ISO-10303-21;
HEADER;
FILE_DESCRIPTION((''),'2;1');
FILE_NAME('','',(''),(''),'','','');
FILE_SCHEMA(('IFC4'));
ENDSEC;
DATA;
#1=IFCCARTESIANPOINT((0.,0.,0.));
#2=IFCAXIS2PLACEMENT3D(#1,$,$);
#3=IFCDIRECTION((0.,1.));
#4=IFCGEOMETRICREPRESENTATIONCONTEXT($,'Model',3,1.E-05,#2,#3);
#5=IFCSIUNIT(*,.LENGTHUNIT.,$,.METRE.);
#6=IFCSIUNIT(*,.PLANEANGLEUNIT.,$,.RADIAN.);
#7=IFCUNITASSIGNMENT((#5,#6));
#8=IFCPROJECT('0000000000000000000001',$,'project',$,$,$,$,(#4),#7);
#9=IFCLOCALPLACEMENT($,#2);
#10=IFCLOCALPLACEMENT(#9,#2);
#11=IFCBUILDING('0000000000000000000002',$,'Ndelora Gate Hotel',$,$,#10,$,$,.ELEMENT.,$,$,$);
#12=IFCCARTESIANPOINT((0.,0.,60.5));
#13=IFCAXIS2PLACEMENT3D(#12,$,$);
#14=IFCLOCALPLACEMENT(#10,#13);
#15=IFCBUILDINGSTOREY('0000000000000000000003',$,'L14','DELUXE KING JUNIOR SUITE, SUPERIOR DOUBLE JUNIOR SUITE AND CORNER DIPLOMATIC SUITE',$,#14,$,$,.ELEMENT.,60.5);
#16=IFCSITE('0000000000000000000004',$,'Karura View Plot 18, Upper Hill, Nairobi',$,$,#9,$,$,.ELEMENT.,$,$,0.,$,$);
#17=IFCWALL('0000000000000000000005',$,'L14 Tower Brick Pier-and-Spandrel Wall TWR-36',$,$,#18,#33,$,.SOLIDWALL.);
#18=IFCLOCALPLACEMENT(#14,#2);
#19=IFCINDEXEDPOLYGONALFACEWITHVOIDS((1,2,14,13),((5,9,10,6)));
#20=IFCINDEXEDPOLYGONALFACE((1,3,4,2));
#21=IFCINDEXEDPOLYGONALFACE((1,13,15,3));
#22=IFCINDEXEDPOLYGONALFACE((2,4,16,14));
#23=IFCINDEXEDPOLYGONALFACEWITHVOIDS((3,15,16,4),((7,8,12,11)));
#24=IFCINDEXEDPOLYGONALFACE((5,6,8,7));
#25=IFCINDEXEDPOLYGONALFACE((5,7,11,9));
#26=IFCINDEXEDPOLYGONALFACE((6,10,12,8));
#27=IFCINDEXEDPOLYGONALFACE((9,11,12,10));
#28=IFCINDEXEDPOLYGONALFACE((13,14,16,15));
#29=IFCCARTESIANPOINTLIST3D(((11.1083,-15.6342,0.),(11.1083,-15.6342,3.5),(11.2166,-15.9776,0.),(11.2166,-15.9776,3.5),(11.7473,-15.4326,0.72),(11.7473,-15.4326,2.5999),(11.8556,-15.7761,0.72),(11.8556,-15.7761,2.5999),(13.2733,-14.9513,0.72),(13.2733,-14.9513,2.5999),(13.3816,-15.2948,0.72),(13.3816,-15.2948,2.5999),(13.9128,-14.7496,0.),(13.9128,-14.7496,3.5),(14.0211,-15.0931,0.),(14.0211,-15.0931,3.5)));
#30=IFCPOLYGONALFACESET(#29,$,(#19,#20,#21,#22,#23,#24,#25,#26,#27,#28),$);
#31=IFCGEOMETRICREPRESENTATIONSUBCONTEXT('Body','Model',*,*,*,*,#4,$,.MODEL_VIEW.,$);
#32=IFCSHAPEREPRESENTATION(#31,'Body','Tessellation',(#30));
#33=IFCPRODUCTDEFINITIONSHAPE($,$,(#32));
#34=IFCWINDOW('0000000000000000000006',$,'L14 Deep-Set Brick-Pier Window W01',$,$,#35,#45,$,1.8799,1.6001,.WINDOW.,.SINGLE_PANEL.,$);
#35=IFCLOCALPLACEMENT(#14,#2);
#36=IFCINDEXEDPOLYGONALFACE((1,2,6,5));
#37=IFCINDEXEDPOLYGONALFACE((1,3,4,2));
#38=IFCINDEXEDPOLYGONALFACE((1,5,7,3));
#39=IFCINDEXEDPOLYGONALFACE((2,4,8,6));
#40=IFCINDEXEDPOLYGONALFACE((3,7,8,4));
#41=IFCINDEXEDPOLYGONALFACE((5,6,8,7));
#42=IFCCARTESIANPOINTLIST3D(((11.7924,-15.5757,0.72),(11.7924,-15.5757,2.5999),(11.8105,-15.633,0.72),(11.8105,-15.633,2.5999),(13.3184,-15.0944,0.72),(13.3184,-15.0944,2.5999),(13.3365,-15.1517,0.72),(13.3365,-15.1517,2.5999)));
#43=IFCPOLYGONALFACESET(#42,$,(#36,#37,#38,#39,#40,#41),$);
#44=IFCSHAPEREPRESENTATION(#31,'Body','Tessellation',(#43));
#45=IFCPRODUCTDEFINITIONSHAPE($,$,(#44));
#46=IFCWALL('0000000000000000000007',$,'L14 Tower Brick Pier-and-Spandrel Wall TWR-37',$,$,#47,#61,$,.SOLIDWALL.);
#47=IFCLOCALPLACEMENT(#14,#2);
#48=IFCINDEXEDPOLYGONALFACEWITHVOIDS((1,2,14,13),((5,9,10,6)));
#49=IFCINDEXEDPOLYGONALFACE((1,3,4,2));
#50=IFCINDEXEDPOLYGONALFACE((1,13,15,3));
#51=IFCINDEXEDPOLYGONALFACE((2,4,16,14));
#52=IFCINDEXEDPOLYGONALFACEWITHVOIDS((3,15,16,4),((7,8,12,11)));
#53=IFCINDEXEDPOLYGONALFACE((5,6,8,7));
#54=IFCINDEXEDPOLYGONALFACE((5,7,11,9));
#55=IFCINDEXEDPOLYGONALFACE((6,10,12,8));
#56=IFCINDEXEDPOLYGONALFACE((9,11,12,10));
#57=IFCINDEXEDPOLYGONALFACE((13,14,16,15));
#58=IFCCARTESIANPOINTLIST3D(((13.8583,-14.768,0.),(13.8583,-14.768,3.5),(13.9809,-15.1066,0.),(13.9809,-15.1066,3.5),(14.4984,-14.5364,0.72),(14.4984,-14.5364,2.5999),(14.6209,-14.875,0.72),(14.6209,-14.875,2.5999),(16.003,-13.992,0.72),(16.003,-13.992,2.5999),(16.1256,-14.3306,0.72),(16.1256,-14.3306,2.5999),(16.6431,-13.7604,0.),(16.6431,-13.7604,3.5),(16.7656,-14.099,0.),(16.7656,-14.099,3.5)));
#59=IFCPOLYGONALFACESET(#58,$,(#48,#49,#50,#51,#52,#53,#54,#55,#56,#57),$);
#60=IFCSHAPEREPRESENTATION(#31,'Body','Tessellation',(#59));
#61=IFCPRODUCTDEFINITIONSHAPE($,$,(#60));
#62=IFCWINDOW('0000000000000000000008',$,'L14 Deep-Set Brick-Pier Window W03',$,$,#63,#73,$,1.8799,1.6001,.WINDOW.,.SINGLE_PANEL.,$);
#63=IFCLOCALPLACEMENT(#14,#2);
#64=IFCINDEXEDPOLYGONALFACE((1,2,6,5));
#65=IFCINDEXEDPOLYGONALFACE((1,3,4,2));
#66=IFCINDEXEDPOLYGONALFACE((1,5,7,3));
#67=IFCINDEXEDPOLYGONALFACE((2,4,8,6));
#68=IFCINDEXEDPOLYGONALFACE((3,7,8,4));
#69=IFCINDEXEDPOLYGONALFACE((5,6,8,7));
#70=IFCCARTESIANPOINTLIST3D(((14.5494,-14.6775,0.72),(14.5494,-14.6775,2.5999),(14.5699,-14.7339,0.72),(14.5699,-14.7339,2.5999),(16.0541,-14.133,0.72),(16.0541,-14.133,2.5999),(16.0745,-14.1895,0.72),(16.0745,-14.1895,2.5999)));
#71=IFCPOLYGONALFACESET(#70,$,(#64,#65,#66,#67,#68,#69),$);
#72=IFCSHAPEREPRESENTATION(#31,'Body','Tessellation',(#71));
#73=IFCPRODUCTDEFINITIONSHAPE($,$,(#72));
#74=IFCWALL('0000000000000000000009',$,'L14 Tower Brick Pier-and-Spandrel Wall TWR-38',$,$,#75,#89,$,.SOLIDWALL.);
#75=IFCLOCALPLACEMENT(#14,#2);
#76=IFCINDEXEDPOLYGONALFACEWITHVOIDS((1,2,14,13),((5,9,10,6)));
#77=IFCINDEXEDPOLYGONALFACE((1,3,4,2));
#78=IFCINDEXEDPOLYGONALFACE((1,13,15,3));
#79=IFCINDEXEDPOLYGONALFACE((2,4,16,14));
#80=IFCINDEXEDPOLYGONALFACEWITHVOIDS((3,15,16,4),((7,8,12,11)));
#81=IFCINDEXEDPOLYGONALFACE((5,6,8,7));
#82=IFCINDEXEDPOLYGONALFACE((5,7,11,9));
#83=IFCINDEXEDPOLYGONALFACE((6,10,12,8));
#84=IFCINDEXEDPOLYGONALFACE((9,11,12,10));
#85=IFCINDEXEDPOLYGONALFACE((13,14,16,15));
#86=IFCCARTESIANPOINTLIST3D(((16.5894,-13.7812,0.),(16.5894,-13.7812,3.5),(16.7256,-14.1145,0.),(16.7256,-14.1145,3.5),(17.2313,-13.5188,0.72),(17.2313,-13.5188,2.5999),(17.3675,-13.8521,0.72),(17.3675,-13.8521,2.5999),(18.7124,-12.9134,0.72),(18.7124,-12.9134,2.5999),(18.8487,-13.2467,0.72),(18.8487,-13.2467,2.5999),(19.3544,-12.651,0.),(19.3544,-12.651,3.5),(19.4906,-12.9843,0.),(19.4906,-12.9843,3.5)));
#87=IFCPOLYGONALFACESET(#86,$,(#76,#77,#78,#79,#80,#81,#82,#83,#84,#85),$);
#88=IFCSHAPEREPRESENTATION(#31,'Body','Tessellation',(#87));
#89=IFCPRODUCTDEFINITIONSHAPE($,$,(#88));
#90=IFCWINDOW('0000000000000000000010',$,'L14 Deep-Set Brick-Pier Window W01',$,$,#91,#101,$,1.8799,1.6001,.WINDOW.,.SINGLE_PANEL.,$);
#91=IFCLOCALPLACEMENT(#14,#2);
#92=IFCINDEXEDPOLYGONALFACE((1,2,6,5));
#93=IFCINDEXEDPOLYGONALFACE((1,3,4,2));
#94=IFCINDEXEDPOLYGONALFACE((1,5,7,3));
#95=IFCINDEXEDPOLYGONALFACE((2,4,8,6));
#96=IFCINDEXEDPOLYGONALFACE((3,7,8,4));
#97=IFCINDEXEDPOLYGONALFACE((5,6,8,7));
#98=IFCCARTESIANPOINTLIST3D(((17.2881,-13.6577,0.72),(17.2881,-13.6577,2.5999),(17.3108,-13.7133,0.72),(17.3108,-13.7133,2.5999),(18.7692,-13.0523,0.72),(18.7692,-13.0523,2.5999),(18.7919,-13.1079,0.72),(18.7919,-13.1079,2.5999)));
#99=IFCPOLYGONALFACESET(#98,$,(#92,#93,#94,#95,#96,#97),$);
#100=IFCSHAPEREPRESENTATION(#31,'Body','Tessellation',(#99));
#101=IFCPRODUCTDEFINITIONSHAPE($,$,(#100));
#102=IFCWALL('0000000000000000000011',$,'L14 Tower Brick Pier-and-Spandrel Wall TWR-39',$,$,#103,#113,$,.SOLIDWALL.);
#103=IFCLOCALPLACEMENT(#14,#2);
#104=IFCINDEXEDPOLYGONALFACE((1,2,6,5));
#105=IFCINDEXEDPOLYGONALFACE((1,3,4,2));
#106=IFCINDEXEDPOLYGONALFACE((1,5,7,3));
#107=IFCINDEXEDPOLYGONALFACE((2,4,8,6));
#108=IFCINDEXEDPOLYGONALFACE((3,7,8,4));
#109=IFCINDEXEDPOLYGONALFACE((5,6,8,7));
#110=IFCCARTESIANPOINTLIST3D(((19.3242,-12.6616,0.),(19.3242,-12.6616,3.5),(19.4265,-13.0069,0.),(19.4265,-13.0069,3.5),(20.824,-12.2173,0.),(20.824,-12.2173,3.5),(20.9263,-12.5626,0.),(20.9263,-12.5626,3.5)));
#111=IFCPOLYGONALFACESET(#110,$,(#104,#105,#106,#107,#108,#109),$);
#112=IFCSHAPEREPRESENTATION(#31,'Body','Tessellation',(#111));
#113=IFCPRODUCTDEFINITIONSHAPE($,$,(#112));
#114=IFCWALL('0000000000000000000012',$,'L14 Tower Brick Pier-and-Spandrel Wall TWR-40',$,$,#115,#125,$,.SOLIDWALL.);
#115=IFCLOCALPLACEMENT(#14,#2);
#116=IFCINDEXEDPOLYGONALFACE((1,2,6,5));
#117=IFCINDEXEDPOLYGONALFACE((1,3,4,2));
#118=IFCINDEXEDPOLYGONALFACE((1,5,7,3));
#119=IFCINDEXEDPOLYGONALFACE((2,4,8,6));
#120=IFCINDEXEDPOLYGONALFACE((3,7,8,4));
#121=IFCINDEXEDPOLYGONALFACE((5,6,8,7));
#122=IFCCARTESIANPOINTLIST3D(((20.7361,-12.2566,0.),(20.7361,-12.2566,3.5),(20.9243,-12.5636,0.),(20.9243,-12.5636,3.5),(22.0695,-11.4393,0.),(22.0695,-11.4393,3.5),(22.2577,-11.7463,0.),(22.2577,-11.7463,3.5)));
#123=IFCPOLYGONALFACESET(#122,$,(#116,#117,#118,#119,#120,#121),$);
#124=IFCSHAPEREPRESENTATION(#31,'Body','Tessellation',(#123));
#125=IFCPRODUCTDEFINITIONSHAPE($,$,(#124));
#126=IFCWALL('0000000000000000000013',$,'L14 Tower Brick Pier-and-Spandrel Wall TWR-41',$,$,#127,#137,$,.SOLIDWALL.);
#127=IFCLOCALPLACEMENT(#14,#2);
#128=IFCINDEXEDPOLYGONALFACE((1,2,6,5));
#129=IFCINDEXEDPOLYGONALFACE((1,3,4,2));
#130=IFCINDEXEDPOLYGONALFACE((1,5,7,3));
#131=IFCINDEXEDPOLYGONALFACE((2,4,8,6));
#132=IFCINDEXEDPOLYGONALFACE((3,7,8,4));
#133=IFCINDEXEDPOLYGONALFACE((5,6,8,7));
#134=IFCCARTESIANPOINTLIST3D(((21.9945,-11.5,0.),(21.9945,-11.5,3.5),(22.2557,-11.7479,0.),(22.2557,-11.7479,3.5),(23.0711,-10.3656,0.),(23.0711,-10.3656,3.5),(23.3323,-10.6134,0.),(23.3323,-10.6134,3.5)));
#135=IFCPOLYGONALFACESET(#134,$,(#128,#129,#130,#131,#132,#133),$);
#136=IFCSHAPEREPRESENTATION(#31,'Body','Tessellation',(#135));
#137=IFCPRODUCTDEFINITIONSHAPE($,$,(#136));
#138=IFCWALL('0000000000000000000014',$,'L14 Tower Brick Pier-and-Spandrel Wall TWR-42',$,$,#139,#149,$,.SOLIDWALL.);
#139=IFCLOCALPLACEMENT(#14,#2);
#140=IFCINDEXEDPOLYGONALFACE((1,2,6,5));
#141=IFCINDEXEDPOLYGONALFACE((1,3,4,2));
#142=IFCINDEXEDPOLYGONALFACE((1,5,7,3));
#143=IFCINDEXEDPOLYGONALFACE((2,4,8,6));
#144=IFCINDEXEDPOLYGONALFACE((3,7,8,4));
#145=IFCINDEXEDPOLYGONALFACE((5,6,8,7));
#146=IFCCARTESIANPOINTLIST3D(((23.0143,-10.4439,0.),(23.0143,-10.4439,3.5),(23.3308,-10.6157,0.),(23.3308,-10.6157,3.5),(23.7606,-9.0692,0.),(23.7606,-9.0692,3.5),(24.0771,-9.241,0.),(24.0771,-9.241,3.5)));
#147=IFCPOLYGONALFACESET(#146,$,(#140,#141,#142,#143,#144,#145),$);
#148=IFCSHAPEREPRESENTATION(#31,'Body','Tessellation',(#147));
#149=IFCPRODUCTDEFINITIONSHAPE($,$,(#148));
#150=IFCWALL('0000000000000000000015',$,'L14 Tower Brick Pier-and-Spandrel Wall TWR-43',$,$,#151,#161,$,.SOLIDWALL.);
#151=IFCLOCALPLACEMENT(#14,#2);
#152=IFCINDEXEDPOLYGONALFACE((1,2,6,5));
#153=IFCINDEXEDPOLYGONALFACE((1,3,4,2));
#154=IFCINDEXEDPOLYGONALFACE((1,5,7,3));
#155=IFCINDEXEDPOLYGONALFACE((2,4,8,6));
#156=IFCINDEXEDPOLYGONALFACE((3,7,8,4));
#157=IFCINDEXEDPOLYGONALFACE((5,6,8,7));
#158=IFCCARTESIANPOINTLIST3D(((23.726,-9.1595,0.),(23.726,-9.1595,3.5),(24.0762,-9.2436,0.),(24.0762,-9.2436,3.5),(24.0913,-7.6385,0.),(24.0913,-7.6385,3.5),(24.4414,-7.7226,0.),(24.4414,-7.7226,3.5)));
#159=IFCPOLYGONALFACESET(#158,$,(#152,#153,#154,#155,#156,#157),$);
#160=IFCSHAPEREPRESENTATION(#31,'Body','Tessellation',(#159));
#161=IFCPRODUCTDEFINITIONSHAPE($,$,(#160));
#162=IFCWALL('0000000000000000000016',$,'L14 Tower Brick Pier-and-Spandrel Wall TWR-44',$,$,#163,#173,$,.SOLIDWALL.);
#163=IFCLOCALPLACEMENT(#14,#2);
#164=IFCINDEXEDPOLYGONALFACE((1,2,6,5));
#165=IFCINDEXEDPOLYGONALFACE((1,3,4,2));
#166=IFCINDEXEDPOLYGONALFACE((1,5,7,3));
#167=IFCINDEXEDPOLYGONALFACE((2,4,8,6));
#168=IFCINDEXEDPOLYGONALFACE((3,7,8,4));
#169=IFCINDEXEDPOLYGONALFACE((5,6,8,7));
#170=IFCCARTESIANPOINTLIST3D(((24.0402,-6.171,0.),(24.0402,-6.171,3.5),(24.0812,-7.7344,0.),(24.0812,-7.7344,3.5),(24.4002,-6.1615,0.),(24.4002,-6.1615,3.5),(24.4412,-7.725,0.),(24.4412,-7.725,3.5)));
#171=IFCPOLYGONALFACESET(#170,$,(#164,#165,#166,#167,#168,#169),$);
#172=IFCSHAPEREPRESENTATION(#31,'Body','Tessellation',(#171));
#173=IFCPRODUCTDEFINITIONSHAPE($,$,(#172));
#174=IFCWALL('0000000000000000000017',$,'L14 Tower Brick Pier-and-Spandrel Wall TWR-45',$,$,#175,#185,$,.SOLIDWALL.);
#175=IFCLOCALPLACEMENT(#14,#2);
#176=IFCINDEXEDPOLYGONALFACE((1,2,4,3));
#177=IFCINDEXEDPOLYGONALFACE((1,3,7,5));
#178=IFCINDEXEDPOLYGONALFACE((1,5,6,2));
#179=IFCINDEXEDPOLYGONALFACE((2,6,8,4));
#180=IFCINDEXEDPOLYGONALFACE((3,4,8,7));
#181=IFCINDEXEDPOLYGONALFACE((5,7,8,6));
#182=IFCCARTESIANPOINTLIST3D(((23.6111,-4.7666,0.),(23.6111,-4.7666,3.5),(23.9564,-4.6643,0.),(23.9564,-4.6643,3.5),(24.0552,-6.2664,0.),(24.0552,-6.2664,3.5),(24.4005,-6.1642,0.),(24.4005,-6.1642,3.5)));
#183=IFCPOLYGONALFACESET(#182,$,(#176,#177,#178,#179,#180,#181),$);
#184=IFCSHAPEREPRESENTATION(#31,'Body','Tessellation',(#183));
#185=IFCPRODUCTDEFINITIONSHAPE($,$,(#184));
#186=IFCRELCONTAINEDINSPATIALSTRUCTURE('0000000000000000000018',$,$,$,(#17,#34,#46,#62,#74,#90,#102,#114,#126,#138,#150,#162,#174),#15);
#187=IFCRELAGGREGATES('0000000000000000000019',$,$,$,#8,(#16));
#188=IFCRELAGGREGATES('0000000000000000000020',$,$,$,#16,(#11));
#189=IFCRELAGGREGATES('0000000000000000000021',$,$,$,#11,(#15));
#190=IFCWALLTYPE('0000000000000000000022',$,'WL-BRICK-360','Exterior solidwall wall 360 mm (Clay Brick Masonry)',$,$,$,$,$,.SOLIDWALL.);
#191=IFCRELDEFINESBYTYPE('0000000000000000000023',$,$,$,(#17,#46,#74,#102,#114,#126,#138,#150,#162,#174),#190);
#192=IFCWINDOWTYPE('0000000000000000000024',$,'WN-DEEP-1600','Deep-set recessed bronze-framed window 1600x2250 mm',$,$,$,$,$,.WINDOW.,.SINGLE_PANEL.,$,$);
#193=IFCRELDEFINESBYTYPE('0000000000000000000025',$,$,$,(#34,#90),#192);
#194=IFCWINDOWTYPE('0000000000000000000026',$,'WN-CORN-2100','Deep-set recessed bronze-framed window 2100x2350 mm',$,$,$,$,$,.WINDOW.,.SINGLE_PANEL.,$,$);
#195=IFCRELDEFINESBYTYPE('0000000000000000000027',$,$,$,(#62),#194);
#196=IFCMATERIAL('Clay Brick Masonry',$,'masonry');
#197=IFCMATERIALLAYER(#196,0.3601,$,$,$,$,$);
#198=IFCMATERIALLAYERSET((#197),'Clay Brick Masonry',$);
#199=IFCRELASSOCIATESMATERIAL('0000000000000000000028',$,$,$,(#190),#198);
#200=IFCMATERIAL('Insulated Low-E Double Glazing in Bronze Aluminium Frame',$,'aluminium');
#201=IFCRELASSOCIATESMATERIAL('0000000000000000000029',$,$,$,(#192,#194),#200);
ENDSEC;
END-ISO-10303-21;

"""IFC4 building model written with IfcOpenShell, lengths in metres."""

from ifc_helpers import new_model, si_unit, direction, frame, frame_2d, origin, place, context, subcontext, project, spatial, rectangle, extrude, material, layer, layer_set, type_object, element, fill, save


model = new_model("IFC4")

# Units and contexts
model_context = context("Model", 3, precision=1e-05, world=origin(), true_north=direction((0.0, 1.0)))
body_context = subcontext(model_context, "Body", "Model", "MODEL_VIEW")
ifc_project = project(units=[si_unit("LENGTHUNIT", "METRE"), si_unit("PLANEANGLEUNIT", "RADIAN")], contexts=[model_context])

# Site, building, storey
site_placement = place(None, origin())
site = spatial("IfcSite", under=ifc_project, at=site_placement, Name="Karura View Plot 18, Upper Hill, Nairobi", CompositionType="ELEMENT", RefElevation=0.0)
building_placement = place(site_placement, origin())
building = spatial("IfcBuilding", under=site, at=building_placement, Name="Ndelora Gate Hotel", CompositionType="ELEMENT")
storey_placement = place(building_placement, frame((0.0, 0.0, 60.5)))
storey = spatial("IfcBuildingStorey", under=building, at=storey_placement, Name="L14", Description="DELUXE KING JUNIOR SUITE, SUPERIOR DOUBLE JUNIOR SUITE AND CORNER DIPLOMATIC SUITE", CompositionType="ELEMENT", Elevation=60.5)

# Walls, openings, windows
ifc_material_1 = material(Name="Clay Brick Masonry", Category="masonry")
ifc_layer_1 = layer(ifc_material_1, 0.3601)
ifc_layer_set_1 = layer_set([ifc_layer_1], Name="Clay Brick Masonry")
wall_type_1 = type_object("IfcWallType", Name="WL-BRICK-360", Description="Exterior solidwall wall 360 mm (Clay Brick Masonry)", PredefinedType="SOLIDWALL", material=ifc_layer_set_1)
wall_1_placement = place(storey_placement, frame((13.9668, -14.9214, 0.0), z_axis=(0.0, 0.0, 1.0), x_axis=(-0.953689, -0.300794, 0.0)))
wall_1 = element("IfcWall", 1, at=wall_1_placement, inside=storey, type_object=wall_type_1, Name="L14 Tower Brick Pier-and-Spandrel Wall TWR-36", PredefinedType="SOLIDWALL", context=body_context, shape_type="SweptSolid", body=[
    extrude(rectangle(XDim=2.9407, YDim=0.3601, at=frame_2d((1.4702, 0.0))), origin(), (0.0, 0.0, 1.0), 3.5),
])
opening_1_placement = place(wall_1_placement, frame((0.6704, 0.0, 0.72)))
opening_1 = element("IfcOpeningElement", 2, at=opening_1_placement, cuts=wall_1, PredefinedType="OPENING", context=body_context, shape_type="SweptSolid", body=[
    extrude(rectangle(XDim=1.6001, YDim=1.8799, at=frame_2d((0.8, 0.9399))), frame((0.0, 0.1899, 0.0), z_axis=(0.0, -1.0, 0.0), x_axis=(1.0, 0.0, 0.0)), (0.0, 0.0, 1.0), 0.3801),
])
ifc_material_2 = material(Name="Insulated Low-E Double Glazing in Bronze Aluminium Frame", Category="aluminium")
window_type_1 = type_object("IfcWindowType", Name="WN-DEEP-1600", Description="Deep-set recessed bronze-framed window 1600x2250 mm", PartitioningType="SINGLE_PANEL", PredefinedType="WINDOW", material=ifc_material_2)
window_1_placement = place(opening_1_placement, origin())
window_1 = element("IfcWindow", 3, at=window_1_placement, inside=storey, type_object=window_type_1, Name="L14 Deep-Set Brick-Pier Window W01", OverallHeight=1.8799, OverallWidth=1.6001, PartitioningType="SINGLE_PANEL", PredefinedType="WINDOW", context=body_context, shape_type="SweptSolid", body=[
    extrude(rectangle(XDim=1.6001, YDim=1.8799, at=frame_2d((0.8, 0.9399))), frame((0.0, 0.03, 0.0), z_axis=(0.0, -1.0, 0.0), x_axis=(1.0, 0.0, 0.0)), (0.0, 0.0, 1.0), 0.0601),
])
fill(opening_1, window_1)
wall_2_placement = place(storey_placement, frame((16.7043, -13.9297, 0.0), z_axis=(0.0, 0.0, 1.0), x_axis=(-0.940339, -0.34024, 0.0)))
wall_2 = element("IfcWall", 4, at=wall_2_placement, inside=storey, type_object=wall_type_1, Name="L14 Tower Brick Pier-and-Spandrel Wall TWR-37", PredefinedType="SOLIDWALL", context=body_context, shape_type="SweptSolid", body=[
    extrude(rectangle(XDim=2.9614, YDim=0.3601, at=frame_2d((1.4807, 0.0))), origin(), (0.0, 0.0, 1.0), 3.5),
])
opening_2_placement = place(wall_2_placement, frame((0.6807, 0.0, 0.72)))
opening_2 = element("IfcOpeningElement", 5, at=opening_2_placement, cuts=wall_2, PredefinedType="OPENING", context=body_context, shape_type="SweptSolid", body=[
    extrude(rectangle(XDim=1.6001, YDim=1.8799, at=frame_2d((0.8, 0.9399))), frame((0.0, 0.1899, 0.0), z_axis=(0.0, -1.0, 0.0), x_axis=(1.0, 0.0, 0.0)), (0.0, 0.0, 1.0), 0.3801),
])
window_type_2 = type_object("IfcWindowType", Name="WN-CORN-2100", Description="Deep-set recessed bronze-framed window 2100x2350 mm", PartitioningType="SINGLE_PANEL", PredefinedType="WINDOW", material=ifc_material_2)
window_2_placement = place(opening_2_placement, origin())
window_2 = element("IfcWindow", 6, at=window_2_placement, inside=storey, type_object=window_type_2, Name="L14 Deep-Set Brick-Pier Window W03", OverallHeight=1.8799, OverallWidth=1.6001, PartitioningType="SINGLE_PANEL", PredefinedType="WINDOW", context=body_context, shape_type="SweptSolid", body=[
    extrude(rectangle(XDim=1.6001, YDim=1.8799, at=frame_2d((0.8, 0.9399))), frame((0.0, 0.03, 0.0), z_axis=(0.0, -1.0, 0.0), x_axis=(1.0, 0.0, 0.0)), (0.0, 0.0, 1.0), 0.0601),
])
fill(opening_2, window_2)
wall_3_placement = place(storey_placement, frame((19.4226, -12.8176, 0.0), z_axis=(0.0, 0.0, 1.0), x_axis=(-0.92566, -0.378356, 0.0)))
wall_3 = element("IfcWall", 7, at=wall_3_placement, inside=storey, type_object=wall_type_1, Name="L14 Tower Brick Pier-and-Spandrel Wall TWR-38", PredefinedType="SOLIDWALL", context=body_context, shape_type="SweptSolid", body=[
    extrude(rectangle(XDim=2.9871, YDim=0.3601, at=frame_2d((1.4937, 0.0))), origin(), (0.0, 0.0, 1.0), 3.5),
])
opening_3_placement = place(wall_3_placement, frame((0.6936, 0.0, 0.72)))
opening_3 = element("IfcOpeningElement", 8, at=opening_3_placement, cuts=wall_3, PredefinedType="OPENING", context=body_context, shape_type="SweptSolid", body=[
    extrude(rectangle(XDim=1.6001, YDim=1.8799, at=frame_2d((0.8, 0.9399))), frame((0.0, 0.1899, 0.0), z_axis=(0.0, -1.0, 0.0), x_axis=(1.0, 0.0, 0.0)), (0.0, 0.0, 1.0), 0.3801),
])
window_3_placement = place(opening_3_placement, origin())
window_3 = element("IfcWindow", 9, at=window_3_placement, inside=storey, type_object=window_type_1, Name="L14 Deep-Set Brick-Pier Window W01", OverallHeight=1.8799, OverallWidth=1.6001, PartitioningType="SINGLE_PANEL", PredefinedType="WINDOW", context=body_context, shape_type="SweptSolid", body=[
    extrude(rectangle(XDim=1.6001, YDim=1.8799, at=frame_2d((0.8, 0.9399))), frame((0.0, 0.03, 0.0), z_axis=(0.0, -1.0, 0.0), x_axis=(1.0, 0.0, 0.0)), (0.0, 0.0, 1.0), 0.0601),
])
fill(opening_3, window_3)

# Walls
wall_4_placement = place(storey_placement, frame((20.8752, -12.3899, 0.0), z_axis=(0.0, 0.0, 1.0), x_axis=(-0.958804, -0.284067, 0.0)))
element("IfcWall", 10, at=wall_4_placement, inside=storey, type_object=wall_type_1, Name="L14 Tower Brick Pier-and-Spandrel Wall TWR-39", PredefinedType="SOLIDWALL", context=body_context, shape_type="SweptSolid", body=[
    extrude(rectangle(XDim=1.5642, YDim=0.3601, at=frame_2d((0.7822, 0.0))), origin(), (0.0, 0.0, 1.0), 3.5),
])
for number, where, z_axis, x_axis, name in (
    (11, (22.1636, -11.5928, 0.0), (0.0, 0.0, 1.0), (-0.852579, -0.522599, 0.0), "L14 Tower Brick Pier-and-Spandrel Wall TWR-40"),
    (12, (23.2017, -10.4895, 0.0), (0.0, 0.0, 1.0), (-0.688368, -0.725362, 0.0), "L14 Tower Brick Pier-and-Spandrel Wall TWR-41"),
):
    element("IfcWall", number, at=place(storey_placement, frame(where, z_axis=z_axis, x_axis=x_axis)), inside=storey, type_object=wall_type_1, Name=name, PredefinedType="SOLIDWALL", context=body_context, shape_type="SweptSolid", body=[
        extrude(rectangle(XDim=1.564, YDim=0.3601, at=frame_2d((0.782, 0.0))), origin(), (0.0, 0.0, 1.0), 3.5),
    ])
for number, where, z_axis, x_axis, name in (
    (13, (23.9189, -9.155, 0.0), (0.0, 0.0, 1.0), (-0.477113, -0.878842, 0.0), "L14 Tower Brick Pier-and-Spandrel Wall TWR-42"),
    (14, (24.2664, -7.6804, 0.0), (0.0, 0.0, 1.0), (-0.233491, -0.972359, 0.0), "L14 Tower Brick Pier-and-Spandrel Wall TWR-43"),
):
    element("IfcWall", number, at=place(storey_placement, frame(where, z_axis=z_axis, x_axis=x_axis)), inside=storey, type_object=wall_type_1, Name=name, PredefinedType="SOLIDWALL", context=body_context, shape_type="SweptSolid", body=[
        extrude(rectangle(XDim=1.5642, YDim=0.3601, at=frame_2d((0.7822, 0.0))), origin(), (0.0, 0.0, 1.0), 3.5),
    ])
wall_5_placement = place(storey_placement, frame((24.2202, -6.1663, 0.0), z_axis=(0.0, 0.0, 1.0), x_axis=(0.026225, -0.999656, 0.0)))
element("IfcWall", 15, at=wall_5_placement, inside=storey, type_object=wall_type_1, Name="L14 Tower Brick Pier-and-Spandrel Wall TWR-44", PredefinedType="SOLIDWALL", context=body_context, shape_type="SweptSolid", body=[
    extrude(rectangle(XDim=1.564, YDim=0.3601, at=frame_2d((0.782, 0.0))), origin(), (0.0, 0.0, 1.0), 3.5),
])
for number, where, z_axis, x_axis, name in (
    (16, (23.7837, -4.7153, 0.0), (0.0, 0.0, 1.0), (0.283924, -0.958847, 0.0), "L14 Tower Brick Pier-and-Spandrel Wall TWR-45"),
):
    element("IfcWall", number, at=place(storey_placement, frame(where, z_axis=z_axis, x_axis=x_axis)), inside=storey, type_object=wall_type_1, Name=name, PredefinedType="SOLIDWALL", context=body_context, shape_type="SweptSolid", body=[
        extrude(rectangle(XDim=1.5642, YDim=0.3601, at=frame_2d((0.7822, 0.0))), origin(), (0.0, 0.0, 1.0), 3.5),
    ])

save(model, "model.ifc")
